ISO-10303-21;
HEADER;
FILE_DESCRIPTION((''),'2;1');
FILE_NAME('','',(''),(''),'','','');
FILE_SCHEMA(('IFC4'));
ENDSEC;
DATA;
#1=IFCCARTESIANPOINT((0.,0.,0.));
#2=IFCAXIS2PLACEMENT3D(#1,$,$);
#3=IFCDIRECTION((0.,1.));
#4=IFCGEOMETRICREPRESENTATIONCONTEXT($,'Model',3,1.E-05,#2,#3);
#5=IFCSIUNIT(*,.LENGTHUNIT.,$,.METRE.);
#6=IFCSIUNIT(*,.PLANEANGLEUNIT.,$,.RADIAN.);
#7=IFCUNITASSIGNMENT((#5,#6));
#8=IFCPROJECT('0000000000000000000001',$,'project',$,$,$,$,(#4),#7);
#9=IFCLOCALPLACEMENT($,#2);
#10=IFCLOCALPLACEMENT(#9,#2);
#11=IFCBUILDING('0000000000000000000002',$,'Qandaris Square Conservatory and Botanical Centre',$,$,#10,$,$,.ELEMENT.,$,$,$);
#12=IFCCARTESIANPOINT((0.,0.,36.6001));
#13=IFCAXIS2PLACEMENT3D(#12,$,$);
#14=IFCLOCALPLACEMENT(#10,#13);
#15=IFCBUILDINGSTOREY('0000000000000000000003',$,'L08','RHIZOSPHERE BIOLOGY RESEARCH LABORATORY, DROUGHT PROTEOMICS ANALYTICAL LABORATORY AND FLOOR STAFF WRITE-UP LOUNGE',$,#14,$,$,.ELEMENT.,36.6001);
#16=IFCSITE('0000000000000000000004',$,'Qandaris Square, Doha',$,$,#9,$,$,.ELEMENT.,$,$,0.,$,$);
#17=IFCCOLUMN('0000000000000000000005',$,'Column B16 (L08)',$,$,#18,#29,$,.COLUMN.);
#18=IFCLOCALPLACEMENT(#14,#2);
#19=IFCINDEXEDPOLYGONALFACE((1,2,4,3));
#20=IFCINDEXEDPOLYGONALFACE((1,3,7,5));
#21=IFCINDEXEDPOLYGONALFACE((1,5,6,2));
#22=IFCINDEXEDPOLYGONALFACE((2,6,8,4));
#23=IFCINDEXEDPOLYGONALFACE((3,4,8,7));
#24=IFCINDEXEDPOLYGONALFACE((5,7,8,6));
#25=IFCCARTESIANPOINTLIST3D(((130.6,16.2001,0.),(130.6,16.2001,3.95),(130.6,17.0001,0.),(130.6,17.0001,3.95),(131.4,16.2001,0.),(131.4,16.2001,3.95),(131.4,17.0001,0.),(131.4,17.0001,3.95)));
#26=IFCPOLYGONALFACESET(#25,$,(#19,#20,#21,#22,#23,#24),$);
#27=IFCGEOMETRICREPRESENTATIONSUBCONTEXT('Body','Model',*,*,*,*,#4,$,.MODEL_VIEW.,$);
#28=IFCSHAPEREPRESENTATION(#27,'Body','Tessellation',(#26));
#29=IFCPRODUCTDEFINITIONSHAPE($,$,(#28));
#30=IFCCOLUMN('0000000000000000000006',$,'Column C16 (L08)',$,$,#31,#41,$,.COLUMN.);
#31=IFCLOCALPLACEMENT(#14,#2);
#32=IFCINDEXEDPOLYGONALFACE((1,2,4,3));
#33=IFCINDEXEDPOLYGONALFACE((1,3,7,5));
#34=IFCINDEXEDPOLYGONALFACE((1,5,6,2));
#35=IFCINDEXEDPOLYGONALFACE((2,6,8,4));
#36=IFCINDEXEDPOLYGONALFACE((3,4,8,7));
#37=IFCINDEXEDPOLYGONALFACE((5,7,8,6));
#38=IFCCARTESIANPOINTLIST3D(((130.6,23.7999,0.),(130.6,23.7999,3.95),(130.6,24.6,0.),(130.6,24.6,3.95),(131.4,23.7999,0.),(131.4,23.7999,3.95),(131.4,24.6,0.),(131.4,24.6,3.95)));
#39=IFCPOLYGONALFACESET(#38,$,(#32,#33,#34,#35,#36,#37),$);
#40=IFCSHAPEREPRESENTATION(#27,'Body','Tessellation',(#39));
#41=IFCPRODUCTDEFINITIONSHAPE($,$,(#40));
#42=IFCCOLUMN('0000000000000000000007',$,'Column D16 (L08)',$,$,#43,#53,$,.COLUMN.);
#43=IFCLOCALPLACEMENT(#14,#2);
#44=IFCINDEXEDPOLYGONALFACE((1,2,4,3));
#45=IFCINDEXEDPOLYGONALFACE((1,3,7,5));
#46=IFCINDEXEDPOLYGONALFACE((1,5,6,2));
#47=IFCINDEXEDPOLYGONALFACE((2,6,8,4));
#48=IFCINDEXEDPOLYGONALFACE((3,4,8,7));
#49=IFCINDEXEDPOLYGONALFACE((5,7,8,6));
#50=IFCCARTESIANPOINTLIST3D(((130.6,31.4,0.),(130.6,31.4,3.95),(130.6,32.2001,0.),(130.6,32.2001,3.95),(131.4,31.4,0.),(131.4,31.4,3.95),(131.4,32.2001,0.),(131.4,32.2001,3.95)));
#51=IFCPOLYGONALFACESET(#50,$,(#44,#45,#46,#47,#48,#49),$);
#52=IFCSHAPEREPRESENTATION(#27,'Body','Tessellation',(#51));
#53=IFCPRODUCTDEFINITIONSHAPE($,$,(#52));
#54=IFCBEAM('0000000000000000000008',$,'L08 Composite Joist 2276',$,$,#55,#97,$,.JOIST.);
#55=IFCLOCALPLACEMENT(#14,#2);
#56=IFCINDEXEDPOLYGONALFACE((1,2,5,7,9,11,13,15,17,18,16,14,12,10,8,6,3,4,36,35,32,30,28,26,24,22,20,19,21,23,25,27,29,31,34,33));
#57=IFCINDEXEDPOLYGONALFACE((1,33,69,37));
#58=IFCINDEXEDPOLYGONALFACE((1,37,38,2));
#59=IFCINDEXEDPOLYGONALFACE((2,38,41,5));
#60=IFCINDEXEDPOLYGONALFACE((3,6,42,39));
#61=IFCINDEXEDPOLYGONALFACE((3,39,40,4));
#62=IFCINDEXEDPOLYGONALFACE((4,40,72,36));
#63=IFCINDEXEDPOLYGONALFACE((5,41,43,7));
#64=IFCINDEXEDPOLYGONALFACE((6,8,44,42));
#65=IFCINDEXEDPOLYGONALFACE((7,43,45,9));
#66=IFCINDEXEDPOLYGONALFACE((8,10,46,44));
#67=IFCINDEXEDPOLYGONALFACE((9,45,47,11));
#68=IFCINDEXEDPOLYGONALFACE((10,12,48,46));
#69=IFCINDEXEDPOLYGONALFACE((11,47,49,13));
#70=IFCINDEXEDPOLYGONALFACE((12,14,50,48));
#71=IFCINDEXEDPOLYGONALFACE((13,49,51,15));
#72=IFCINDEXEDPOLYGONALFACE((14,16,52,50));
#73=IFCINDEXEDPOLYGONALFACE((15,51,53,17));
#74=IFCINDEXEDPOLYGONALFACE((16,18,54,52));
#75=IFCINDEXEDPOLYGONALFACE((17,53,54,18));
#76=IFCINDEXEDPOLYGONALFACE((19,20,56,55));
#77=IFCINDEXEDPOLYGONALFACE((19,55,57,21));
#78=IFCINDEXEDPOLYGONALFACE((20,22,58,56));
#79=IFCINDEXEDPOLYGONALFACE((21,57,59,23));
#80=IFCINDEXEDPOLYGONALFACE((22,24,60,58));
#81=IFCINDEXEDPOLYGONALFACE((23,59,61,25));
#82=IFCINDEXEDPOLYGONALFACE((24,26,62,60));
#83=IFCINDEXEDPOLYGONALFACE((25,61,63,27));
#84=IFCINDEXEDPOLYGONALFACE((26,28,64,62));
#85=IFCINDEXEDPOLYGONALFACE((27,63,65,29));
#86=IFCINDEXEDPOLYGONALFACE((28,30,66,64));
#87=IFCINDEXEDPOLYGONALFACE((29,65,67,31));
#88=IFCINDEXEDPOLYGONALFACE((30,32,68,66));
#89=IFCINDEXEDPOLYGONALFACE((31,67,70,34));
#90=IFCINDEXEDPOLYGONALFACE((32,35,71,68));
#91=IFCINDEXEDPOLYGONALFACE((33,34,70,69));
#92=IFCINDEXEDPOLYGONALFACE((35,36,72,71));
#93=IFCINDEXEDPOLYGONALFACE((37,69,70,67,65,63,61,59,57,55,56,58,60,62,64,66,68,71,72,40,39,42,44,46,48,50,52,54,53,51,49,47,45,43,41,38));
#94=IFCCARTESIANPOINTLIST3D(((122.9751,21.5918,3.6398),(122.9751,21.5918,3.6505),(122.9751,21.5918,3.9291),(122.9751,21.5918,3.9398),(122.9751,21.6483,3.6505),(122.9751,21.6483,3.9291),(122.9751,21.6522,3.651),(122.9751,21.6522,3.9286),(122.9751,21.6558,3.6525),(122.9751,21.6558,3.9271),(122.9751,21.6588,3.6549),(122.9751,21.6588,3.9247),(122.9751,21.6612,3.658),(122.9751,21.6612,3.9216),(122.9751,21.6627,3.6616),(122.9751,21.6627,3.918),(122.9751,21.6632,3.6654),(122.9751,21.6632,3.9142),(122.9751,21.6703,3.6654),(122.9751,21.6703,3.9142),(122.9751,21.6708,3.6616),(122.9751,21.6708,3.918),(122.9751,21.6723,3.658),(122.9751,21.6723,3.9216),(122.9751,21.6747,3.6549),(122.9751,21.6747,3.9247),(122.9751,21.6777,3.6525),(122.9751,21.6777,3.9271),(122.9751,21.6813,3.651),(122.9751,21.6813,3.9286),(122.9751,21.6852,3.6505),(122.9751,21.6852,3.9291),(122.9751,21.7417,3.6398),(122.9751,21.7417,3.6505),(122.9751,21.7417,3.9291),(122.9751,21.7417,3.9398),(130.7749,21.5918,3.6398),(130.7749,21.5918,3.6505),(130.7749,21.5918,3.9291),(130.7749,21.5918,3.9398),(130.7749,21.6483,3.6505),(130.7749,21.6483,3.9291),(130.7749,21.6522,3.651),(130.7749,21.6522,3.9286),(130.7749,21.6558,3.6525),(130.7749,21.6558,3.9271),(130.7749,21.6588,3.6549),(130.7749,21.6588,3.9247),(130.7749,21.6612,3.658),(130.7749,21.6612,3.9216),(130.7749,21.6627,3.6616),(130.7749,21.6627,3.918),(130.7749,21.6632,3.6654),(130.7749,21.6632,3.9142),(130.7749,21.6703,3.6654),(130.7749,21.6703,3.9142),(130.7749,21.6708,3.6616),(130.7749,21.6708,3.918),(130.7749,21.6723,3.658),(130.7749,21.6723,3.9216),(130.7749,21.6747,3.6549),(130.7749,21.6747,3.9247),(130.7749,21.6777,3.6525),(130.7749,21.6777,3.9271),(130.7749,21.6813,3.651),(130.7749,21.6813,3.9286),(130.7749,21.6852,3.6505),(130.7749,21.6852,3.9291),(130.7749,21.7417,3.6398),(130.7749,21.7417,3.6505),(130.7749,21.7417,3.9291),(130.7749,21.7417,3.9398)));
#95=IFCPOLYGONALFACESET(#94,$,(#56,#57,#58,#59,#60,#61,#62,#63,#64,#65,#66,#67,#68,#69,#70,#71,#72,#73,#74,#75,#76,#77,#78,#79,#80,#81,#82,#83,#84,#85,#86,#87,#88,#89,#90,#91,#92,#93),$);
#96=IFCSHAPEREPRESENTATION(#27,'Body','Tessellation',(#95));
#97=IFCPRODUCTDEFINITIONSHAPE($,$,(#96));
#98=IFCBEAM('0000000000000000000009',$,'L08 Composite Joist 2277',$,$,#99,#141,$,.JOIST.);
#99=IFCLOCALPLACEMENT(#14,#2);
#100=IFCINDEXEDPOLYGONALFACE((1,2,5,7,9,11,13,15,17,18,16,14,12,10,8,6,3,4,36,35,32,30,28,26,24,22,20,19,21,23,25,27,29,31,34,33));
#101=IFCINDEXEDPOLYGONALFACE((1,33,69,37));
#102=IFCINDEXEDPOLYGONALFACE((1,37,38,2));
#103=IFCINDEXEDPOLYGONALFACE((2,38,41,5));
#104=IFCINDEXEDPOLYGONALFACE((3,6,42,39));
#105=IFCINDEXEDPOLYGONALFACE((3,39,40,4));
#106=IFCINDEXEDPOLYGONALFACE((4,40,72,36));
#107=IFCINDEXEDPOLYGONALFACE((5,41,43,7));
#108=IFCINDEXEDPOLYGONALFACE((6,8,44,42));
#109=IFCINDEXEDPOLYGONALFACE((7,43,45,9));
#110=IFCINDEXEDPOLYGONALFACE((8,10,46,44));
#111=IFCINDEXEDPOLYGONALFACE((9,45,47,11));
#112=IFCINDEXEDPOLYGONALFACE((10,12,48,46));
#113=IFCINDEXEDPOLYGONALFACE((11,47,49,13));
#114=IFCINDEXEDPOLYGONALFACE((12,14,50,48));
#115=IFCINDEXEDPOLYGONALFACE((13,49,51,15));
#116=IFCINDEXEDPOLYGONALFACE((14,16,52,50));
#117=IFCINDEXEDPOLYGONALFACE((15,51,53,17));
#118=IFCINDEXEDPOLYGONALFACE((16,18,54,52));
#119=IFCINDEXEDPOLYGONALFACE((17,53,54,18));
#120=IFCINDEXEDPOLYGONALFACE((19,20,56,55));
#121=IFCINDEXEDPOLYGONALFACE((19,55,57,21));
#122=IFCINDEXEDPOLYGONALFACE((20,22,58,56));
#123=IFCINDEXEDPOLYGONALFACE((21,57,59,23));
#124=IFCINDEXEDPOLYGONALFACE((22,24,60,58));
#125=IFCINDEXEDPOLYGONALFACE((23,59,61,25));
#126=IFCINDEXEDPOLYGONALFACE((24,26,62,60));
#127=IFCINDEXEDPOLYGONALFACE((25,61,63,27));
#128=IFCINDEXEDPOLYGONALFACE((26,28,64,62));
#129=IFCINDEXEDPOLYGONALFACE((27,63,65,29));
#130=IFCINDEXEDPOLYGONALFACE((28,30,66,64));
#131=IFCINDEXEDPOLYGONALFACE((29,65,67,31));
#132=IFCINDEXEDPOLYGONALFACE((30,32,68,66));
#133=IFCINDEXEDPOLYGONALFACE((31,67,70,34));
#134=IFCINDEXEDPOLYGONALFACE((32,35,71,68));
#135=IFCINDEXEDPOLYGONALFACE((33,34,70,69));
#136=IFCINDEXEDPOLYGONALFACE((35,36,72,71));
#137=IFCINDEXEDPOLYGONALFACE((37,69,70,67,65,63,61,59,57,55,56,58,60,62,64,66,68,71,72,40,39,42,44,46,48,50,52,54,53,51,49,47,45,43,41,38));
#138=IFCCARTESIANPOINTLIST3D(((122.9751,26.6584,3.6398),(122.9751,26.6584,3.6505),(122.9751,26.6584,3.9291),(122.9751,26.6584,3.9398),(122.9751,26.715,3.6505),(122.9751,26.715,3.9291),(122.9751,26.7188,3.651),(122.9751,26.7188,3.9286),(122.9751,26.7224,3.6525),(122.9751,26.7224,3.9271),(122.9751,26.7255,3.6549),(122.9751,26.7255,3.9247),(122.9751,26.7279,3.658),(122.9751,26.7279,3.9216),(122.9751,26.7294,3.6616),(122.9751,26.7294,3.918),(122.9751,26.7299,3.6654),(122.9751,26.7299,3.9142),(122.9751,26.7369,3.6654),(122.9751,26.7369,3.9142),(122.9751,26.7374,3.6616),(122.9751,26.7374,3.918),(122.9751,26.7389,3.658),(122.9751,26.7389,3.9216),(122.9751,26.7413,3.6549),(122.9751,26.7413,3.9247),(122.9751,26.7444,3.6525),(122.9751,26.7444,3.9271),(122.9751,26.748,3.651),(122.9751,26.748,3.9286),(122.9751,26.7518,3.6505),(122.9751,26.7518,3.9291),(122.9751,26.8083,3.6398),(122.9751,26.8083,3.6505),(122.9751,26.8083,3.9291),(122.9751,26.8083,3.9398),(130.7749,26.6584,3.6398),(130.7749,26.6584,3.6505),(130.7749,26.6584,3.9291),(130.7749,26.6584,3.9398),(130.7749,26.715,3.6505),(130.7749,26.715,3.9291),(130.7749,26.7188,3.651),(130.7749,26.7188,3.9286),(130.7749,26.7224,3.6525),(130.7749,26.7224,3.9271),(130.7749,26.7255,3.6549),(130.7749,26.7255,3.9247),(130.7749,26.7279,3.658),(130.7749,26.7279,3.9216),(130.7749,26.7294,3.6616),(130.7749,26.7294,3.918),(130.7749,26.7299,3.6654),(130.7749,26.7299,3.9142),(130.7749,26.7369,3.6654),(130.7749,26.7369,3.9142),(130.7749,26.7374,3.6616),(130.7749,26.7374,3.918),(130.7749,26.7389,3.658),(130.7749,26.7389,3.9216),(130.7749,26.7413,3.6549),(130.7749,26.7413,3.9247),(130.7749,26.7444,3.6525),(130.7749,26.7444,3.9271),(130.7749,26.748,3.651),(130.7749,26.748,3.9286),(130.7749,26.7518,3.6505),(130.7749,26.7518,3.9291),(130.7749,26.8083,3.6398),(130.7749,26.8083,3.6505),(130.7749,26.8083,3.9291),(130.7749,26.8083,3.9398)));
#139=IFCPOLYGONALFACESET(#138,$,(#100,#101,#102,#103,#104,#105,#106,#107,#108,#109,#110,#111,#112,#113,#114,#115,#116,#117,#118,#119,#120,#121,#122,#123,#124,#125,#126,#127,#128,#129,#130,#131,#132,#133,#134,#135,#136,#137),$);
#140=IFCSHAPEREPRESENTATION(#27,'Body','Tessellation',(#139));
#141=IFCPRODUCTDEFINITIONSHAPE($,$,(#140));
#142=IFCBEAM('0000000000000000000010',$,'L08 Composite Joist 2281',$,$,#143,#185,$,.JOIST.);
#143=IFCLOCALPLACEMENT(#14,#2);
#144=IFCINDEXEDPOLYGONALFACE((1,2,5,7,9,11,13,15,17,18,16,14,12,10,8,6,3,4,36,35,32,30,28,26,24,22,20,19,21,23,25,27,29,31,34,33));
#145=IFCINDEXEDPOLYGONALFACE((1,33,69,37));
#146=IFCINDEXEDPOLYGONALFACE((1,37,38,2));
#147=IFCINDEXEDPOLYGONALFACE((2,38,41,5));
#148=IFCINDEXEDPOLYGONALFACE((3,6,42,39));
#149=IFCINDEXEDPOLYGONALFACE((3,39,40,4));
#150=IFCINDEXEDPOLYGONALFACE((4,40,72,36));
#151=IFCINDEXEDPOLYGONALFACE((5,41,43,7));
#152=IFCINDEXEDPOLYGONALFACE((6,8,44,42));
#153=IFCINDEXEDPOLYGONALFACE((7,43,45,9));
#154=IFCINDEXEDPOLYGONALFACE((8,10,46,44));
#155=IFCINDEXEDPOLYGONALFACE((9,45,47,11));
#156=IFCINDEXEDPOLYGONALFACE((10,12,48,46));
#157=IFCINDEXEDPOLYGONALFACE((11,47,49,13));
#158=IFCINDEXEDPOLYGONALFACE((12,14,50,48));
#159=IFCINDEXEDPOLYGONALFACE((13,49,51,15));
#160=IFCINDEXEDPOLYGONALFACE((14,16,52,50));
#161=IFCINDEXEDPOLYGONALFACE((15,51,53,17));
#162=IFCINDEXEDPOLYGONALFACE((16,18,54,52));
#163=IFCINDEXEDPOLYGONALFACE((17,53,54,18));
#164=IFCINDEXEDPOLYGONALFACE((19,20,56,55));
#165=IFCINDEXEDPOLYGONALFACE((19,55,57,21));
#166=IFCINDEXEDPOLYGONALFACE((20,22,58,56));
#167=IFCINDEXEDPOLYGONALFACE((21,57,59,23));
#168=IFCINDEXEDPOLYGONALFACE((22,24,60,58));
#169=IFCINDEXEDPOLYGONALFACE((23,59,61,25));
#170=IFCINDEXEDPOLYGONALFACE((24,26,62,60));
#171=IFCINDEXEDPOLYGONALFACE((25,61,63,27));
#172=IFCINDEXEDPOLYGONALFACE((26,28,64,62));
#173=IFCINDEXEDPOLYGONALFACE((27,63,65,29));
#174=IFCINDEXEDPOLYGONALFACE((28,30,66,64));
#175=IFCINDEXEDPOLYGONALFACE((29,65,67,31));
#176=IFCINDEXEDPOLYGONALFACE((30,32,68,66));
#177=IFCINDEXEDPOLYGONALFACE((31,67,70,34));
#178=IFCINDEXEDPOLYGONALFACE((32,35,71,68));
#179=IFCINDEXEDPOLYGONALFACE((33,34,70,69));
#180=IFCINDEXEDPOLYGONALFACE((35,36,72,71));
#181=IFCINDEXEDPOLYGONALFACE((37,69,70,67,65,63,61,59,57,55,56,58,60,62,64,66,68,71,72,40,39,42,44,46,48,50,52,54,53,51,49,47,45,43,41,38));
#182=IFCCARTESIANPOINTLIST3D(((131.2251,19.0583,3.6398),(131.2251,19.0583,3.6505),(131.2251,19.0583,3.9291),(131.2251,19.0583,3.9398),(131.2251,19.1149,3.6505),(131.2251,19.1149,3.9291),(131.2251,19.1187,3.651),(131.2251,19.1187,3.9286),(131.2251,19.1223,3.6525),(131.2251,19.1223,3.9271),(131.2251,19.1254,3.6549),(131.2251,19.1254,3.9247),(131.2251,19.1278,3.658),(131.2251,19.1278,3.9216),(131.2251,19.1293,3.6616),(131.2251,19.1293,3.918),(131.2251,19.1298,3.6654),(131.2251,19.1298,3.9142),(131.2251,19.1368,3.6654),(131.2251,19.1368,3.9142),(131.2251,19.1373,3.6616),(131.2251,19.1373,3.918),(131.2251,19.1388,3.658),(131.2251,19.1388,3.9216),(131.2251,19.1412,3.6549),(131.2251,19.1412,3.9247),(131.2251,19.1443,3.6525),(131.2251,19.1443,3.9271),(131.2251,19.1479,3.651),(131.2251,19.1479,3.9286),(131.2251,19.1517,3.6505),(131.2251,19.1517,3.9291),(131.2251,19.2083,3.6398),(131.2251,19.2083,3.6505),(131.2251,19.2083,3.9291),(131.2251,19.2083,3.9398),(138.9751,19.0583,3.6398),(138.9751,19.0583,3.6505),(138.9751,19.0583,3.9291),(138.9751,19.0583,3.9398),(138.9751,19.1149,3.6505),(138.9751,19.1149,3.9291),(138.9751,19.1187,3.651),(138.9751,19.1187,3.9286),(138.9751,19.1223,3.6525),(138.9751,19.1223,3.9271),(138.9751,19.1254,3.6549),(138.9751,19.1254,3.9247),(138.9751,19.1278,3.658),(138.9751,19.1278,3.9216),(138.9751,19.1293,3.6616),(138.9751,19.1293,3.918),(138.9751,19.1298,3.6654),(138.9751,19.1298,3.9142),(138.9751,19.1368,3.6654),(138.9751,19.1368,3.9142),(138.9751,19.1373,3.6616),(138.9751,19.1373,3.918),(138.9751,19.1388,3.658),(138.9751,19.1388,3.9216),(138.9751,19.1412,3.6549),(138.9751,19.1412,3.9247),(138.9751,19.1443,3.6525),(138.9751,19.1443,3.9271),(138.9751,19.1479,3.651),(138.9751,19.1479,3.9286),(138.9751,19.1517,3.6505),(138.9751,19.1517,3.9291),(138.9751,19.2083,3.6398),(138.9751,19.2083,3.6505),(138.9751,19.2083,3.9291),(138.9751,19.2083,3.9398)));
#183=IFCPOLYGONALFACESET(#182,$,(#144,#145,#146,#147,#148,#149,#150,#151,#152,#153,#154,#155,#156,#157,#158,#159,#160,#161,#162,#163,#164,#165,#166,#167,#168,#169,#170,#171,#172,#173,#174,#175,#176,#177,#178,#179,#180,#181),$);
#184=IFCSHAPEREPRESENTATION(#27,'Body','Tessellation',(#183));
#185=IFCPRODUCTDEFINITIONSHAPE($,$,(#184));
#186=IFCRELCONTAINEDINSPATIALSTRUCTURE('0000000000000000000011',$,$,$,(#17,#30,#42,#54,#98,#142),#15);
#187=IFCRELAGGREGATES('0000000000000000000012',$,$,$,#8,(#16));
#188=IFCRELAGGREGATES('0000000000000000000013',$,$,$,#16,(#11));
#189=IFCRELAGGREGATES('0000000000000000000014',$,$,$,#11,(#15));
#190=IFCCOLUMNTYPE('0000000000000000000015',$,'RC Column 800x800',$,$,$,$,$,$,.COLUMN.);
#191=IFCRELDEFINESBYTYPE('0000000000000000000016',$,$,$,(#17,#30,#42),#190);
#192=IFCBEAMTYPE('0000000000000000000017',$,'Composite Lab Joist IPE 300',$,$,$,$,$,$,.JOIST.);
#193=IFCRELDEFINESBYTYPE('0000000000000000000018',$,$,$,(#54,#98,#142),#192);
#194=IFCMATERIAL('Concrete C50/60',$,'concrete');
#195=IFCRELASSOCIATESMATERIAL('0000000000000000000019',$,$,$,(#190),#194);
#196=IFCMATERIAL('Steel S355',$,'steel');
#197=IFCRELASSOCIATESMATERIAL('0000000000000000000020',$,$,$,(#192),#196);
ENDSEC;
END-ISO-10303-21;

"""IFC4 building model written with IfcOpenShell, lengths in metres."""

from ifc_helpers import new_model, si_unit, direction, frame, origin, origin_2d, place, context, subcontext, project, spatial, rectangle, i_section, extrude, material, material_profile, profile_set, type_object, element, save


model = new_model("IFC4")

# Units and contexts
model_context = context("Model", 3, precision=1e-05, world=origin(), true_north=direction((0.0, 1.0)))
body_context = subcontext(model_context, "Body", "Model", "MODEL_VIEW")
ifc_project = project(units=[si_unit("LENGTHUNIT", "METRE"), si_unit("PLANEANGLEUNIT", "RADIAN")], contexts=[model_context])

# Site, building, storey
site_placement = place(None, origin())
site = spatial("IfcSite", under=ifc_project, at=site_placement, Name="Qandaris Square, Doha", CompositionType="ELEMENT", RefElevation=0.0)
building_placement = place(site_placement, origin())
building = spatial("IfcBuilding", under=site, at=building_placement, Name="Qandaris Square Conservatory and Botanical Centre", CompositionType="ELEMENT")
storey_placement = place(building_placement, frame((0.0, 0.0, 36.6001)))
storey = spatial("IfcBuildingStorey", under=building, at=storey_placement, Name="L08", Description="RHIZOSPHERE BIOLOGY RESEARCH LABORATORY, DROUGHT PROTEOMICS ANALYTICAL LABORATORY AND FLOOR STAFF WRITE-UP LOUNGE", CompositionType="ELEMENT", Elevation=36.6001)

# Columns
ifc_material_1 = material(Name="Concrete C50/60", Category="concrete")
ifc_material_profile_1 = material_profile(ifc_material_1, rectangle(XDim=0.8, YDim=0.8, at=origin_2d()), Name="RC-COL 800x800")
ifc_profile_set_1 = profile_set([ifc_material_profile_1], Name="Concrete C50/60")
column_type = type_object("IfcColumnType", Name="RC Column 800x800", PredefinedType="COLUMN", material=ifc_profile_set_1)
for number, where, z_axis, x_axis, name in (
    (1, (131.0, 16.6001, 0.0), (0.0, 0.0, 1.0), (1.0, 0.0, 0.0), "Column B16 (L08)"),
    (2, (131.0, 24.2, 0.0), (0.0, 0.0, 1.0), (1.0, 0.0, 0.0), "Column C16 (L08)"),
    (3, (131.0, 31.8, 0.0), (0.0, 0.0, 1.0), (1.0, 0.0, 0.0), "Column D16 (L08)"),
):
    element("IfcColumn", number, at=place(storey_placement, frame(where, z_axis=z_axis, x_axis=x_axis)), inside=storey, type_object=column_type, Name=name, PredefinedType="COLUMN", context=body_context, shape_type="SweptSolid", body=[
        extrude(rectangle(XDim=0.8, YDim=0.8, at=origin_2d()), origin(), (0.0, 0.0, 1.0), 3.95),
    ])

# Beams
ifc_material_2 = material(Name="Steel S355", Category="steel")
ifc_material_profile_2 = material_profile(ifc_material_2, i_section(OverallWidth=0.1499, OverallDepth=0.3, WebThickness=0.0071, FlangeThickness=0.0107, FilletRadius=0.0149, at=origin_2d()), Name="IPE 300")
ifc_profile_set_2 = profile_set([ifc_material_profile_2], Name="Steel S355")
beam_type_1 = type_object("IfcBeamType", Name="Composite Lab Joist IPE 300", PredefinedType="JOIST", material=ifc_profile_set_2)
for number, where, z_axis, x_axis, name in (
    (4, (122.9751, 21.6667, 3.7898), (1.0, 0.0, 0.0), (0.0, 1.0, 0.0), "L08 Composite Joist 2276"),
    (5, (122.9751, 26.7334, 3.7898), (1.0, 0.0, 0.0), (0.0, 1.0, 0.0), "L08 Composite Joist 2277"),
):
    element("IfcBeam", number, at=place(storey_placement, frame(where, z_axis=z_axis, x_axis=x_axis)), inside=storey, type_object=beam_type_1, Name=name, PredefinedType="JOIST", context=body_context, shape_type="SweptSolid", body=[
        extrude(i_section(OverallWidth=0.1499, OverallDepth=0.3, WebThickness=0.0071, FlangeThickness=0.0107, FilletRadius=0.0149, at=origin_2d()), origin(), (0.0, 0.0, 1.0), 7.7998),
    ])
beam_1_placement = place(storey_placement, frame((131.2251, 19.1333, 3.7898), z_axis=(1.0, 0.0, 0.0), x_axis=(0.0, 1.0, 0.0)))
element("IfcBeam", 6, at=beam_1_placement, inside=storey, type_object=beam_type_1, Name="L08 Composite Joist 2281", PredefinedType="JOIST", context=body_context, shape_type="SweptSolid", body=[
    extrude(i_section(OverallWidth=0.1499, OverallDepth=0.3, WebThickness=0.0071, FlangeThickness=0.0107, FilletRadius=0.0149, at=origin_2d()), origin(), (0.0, 0.0, 1.0), 7.75),
])

save(model, "model.ifc")
